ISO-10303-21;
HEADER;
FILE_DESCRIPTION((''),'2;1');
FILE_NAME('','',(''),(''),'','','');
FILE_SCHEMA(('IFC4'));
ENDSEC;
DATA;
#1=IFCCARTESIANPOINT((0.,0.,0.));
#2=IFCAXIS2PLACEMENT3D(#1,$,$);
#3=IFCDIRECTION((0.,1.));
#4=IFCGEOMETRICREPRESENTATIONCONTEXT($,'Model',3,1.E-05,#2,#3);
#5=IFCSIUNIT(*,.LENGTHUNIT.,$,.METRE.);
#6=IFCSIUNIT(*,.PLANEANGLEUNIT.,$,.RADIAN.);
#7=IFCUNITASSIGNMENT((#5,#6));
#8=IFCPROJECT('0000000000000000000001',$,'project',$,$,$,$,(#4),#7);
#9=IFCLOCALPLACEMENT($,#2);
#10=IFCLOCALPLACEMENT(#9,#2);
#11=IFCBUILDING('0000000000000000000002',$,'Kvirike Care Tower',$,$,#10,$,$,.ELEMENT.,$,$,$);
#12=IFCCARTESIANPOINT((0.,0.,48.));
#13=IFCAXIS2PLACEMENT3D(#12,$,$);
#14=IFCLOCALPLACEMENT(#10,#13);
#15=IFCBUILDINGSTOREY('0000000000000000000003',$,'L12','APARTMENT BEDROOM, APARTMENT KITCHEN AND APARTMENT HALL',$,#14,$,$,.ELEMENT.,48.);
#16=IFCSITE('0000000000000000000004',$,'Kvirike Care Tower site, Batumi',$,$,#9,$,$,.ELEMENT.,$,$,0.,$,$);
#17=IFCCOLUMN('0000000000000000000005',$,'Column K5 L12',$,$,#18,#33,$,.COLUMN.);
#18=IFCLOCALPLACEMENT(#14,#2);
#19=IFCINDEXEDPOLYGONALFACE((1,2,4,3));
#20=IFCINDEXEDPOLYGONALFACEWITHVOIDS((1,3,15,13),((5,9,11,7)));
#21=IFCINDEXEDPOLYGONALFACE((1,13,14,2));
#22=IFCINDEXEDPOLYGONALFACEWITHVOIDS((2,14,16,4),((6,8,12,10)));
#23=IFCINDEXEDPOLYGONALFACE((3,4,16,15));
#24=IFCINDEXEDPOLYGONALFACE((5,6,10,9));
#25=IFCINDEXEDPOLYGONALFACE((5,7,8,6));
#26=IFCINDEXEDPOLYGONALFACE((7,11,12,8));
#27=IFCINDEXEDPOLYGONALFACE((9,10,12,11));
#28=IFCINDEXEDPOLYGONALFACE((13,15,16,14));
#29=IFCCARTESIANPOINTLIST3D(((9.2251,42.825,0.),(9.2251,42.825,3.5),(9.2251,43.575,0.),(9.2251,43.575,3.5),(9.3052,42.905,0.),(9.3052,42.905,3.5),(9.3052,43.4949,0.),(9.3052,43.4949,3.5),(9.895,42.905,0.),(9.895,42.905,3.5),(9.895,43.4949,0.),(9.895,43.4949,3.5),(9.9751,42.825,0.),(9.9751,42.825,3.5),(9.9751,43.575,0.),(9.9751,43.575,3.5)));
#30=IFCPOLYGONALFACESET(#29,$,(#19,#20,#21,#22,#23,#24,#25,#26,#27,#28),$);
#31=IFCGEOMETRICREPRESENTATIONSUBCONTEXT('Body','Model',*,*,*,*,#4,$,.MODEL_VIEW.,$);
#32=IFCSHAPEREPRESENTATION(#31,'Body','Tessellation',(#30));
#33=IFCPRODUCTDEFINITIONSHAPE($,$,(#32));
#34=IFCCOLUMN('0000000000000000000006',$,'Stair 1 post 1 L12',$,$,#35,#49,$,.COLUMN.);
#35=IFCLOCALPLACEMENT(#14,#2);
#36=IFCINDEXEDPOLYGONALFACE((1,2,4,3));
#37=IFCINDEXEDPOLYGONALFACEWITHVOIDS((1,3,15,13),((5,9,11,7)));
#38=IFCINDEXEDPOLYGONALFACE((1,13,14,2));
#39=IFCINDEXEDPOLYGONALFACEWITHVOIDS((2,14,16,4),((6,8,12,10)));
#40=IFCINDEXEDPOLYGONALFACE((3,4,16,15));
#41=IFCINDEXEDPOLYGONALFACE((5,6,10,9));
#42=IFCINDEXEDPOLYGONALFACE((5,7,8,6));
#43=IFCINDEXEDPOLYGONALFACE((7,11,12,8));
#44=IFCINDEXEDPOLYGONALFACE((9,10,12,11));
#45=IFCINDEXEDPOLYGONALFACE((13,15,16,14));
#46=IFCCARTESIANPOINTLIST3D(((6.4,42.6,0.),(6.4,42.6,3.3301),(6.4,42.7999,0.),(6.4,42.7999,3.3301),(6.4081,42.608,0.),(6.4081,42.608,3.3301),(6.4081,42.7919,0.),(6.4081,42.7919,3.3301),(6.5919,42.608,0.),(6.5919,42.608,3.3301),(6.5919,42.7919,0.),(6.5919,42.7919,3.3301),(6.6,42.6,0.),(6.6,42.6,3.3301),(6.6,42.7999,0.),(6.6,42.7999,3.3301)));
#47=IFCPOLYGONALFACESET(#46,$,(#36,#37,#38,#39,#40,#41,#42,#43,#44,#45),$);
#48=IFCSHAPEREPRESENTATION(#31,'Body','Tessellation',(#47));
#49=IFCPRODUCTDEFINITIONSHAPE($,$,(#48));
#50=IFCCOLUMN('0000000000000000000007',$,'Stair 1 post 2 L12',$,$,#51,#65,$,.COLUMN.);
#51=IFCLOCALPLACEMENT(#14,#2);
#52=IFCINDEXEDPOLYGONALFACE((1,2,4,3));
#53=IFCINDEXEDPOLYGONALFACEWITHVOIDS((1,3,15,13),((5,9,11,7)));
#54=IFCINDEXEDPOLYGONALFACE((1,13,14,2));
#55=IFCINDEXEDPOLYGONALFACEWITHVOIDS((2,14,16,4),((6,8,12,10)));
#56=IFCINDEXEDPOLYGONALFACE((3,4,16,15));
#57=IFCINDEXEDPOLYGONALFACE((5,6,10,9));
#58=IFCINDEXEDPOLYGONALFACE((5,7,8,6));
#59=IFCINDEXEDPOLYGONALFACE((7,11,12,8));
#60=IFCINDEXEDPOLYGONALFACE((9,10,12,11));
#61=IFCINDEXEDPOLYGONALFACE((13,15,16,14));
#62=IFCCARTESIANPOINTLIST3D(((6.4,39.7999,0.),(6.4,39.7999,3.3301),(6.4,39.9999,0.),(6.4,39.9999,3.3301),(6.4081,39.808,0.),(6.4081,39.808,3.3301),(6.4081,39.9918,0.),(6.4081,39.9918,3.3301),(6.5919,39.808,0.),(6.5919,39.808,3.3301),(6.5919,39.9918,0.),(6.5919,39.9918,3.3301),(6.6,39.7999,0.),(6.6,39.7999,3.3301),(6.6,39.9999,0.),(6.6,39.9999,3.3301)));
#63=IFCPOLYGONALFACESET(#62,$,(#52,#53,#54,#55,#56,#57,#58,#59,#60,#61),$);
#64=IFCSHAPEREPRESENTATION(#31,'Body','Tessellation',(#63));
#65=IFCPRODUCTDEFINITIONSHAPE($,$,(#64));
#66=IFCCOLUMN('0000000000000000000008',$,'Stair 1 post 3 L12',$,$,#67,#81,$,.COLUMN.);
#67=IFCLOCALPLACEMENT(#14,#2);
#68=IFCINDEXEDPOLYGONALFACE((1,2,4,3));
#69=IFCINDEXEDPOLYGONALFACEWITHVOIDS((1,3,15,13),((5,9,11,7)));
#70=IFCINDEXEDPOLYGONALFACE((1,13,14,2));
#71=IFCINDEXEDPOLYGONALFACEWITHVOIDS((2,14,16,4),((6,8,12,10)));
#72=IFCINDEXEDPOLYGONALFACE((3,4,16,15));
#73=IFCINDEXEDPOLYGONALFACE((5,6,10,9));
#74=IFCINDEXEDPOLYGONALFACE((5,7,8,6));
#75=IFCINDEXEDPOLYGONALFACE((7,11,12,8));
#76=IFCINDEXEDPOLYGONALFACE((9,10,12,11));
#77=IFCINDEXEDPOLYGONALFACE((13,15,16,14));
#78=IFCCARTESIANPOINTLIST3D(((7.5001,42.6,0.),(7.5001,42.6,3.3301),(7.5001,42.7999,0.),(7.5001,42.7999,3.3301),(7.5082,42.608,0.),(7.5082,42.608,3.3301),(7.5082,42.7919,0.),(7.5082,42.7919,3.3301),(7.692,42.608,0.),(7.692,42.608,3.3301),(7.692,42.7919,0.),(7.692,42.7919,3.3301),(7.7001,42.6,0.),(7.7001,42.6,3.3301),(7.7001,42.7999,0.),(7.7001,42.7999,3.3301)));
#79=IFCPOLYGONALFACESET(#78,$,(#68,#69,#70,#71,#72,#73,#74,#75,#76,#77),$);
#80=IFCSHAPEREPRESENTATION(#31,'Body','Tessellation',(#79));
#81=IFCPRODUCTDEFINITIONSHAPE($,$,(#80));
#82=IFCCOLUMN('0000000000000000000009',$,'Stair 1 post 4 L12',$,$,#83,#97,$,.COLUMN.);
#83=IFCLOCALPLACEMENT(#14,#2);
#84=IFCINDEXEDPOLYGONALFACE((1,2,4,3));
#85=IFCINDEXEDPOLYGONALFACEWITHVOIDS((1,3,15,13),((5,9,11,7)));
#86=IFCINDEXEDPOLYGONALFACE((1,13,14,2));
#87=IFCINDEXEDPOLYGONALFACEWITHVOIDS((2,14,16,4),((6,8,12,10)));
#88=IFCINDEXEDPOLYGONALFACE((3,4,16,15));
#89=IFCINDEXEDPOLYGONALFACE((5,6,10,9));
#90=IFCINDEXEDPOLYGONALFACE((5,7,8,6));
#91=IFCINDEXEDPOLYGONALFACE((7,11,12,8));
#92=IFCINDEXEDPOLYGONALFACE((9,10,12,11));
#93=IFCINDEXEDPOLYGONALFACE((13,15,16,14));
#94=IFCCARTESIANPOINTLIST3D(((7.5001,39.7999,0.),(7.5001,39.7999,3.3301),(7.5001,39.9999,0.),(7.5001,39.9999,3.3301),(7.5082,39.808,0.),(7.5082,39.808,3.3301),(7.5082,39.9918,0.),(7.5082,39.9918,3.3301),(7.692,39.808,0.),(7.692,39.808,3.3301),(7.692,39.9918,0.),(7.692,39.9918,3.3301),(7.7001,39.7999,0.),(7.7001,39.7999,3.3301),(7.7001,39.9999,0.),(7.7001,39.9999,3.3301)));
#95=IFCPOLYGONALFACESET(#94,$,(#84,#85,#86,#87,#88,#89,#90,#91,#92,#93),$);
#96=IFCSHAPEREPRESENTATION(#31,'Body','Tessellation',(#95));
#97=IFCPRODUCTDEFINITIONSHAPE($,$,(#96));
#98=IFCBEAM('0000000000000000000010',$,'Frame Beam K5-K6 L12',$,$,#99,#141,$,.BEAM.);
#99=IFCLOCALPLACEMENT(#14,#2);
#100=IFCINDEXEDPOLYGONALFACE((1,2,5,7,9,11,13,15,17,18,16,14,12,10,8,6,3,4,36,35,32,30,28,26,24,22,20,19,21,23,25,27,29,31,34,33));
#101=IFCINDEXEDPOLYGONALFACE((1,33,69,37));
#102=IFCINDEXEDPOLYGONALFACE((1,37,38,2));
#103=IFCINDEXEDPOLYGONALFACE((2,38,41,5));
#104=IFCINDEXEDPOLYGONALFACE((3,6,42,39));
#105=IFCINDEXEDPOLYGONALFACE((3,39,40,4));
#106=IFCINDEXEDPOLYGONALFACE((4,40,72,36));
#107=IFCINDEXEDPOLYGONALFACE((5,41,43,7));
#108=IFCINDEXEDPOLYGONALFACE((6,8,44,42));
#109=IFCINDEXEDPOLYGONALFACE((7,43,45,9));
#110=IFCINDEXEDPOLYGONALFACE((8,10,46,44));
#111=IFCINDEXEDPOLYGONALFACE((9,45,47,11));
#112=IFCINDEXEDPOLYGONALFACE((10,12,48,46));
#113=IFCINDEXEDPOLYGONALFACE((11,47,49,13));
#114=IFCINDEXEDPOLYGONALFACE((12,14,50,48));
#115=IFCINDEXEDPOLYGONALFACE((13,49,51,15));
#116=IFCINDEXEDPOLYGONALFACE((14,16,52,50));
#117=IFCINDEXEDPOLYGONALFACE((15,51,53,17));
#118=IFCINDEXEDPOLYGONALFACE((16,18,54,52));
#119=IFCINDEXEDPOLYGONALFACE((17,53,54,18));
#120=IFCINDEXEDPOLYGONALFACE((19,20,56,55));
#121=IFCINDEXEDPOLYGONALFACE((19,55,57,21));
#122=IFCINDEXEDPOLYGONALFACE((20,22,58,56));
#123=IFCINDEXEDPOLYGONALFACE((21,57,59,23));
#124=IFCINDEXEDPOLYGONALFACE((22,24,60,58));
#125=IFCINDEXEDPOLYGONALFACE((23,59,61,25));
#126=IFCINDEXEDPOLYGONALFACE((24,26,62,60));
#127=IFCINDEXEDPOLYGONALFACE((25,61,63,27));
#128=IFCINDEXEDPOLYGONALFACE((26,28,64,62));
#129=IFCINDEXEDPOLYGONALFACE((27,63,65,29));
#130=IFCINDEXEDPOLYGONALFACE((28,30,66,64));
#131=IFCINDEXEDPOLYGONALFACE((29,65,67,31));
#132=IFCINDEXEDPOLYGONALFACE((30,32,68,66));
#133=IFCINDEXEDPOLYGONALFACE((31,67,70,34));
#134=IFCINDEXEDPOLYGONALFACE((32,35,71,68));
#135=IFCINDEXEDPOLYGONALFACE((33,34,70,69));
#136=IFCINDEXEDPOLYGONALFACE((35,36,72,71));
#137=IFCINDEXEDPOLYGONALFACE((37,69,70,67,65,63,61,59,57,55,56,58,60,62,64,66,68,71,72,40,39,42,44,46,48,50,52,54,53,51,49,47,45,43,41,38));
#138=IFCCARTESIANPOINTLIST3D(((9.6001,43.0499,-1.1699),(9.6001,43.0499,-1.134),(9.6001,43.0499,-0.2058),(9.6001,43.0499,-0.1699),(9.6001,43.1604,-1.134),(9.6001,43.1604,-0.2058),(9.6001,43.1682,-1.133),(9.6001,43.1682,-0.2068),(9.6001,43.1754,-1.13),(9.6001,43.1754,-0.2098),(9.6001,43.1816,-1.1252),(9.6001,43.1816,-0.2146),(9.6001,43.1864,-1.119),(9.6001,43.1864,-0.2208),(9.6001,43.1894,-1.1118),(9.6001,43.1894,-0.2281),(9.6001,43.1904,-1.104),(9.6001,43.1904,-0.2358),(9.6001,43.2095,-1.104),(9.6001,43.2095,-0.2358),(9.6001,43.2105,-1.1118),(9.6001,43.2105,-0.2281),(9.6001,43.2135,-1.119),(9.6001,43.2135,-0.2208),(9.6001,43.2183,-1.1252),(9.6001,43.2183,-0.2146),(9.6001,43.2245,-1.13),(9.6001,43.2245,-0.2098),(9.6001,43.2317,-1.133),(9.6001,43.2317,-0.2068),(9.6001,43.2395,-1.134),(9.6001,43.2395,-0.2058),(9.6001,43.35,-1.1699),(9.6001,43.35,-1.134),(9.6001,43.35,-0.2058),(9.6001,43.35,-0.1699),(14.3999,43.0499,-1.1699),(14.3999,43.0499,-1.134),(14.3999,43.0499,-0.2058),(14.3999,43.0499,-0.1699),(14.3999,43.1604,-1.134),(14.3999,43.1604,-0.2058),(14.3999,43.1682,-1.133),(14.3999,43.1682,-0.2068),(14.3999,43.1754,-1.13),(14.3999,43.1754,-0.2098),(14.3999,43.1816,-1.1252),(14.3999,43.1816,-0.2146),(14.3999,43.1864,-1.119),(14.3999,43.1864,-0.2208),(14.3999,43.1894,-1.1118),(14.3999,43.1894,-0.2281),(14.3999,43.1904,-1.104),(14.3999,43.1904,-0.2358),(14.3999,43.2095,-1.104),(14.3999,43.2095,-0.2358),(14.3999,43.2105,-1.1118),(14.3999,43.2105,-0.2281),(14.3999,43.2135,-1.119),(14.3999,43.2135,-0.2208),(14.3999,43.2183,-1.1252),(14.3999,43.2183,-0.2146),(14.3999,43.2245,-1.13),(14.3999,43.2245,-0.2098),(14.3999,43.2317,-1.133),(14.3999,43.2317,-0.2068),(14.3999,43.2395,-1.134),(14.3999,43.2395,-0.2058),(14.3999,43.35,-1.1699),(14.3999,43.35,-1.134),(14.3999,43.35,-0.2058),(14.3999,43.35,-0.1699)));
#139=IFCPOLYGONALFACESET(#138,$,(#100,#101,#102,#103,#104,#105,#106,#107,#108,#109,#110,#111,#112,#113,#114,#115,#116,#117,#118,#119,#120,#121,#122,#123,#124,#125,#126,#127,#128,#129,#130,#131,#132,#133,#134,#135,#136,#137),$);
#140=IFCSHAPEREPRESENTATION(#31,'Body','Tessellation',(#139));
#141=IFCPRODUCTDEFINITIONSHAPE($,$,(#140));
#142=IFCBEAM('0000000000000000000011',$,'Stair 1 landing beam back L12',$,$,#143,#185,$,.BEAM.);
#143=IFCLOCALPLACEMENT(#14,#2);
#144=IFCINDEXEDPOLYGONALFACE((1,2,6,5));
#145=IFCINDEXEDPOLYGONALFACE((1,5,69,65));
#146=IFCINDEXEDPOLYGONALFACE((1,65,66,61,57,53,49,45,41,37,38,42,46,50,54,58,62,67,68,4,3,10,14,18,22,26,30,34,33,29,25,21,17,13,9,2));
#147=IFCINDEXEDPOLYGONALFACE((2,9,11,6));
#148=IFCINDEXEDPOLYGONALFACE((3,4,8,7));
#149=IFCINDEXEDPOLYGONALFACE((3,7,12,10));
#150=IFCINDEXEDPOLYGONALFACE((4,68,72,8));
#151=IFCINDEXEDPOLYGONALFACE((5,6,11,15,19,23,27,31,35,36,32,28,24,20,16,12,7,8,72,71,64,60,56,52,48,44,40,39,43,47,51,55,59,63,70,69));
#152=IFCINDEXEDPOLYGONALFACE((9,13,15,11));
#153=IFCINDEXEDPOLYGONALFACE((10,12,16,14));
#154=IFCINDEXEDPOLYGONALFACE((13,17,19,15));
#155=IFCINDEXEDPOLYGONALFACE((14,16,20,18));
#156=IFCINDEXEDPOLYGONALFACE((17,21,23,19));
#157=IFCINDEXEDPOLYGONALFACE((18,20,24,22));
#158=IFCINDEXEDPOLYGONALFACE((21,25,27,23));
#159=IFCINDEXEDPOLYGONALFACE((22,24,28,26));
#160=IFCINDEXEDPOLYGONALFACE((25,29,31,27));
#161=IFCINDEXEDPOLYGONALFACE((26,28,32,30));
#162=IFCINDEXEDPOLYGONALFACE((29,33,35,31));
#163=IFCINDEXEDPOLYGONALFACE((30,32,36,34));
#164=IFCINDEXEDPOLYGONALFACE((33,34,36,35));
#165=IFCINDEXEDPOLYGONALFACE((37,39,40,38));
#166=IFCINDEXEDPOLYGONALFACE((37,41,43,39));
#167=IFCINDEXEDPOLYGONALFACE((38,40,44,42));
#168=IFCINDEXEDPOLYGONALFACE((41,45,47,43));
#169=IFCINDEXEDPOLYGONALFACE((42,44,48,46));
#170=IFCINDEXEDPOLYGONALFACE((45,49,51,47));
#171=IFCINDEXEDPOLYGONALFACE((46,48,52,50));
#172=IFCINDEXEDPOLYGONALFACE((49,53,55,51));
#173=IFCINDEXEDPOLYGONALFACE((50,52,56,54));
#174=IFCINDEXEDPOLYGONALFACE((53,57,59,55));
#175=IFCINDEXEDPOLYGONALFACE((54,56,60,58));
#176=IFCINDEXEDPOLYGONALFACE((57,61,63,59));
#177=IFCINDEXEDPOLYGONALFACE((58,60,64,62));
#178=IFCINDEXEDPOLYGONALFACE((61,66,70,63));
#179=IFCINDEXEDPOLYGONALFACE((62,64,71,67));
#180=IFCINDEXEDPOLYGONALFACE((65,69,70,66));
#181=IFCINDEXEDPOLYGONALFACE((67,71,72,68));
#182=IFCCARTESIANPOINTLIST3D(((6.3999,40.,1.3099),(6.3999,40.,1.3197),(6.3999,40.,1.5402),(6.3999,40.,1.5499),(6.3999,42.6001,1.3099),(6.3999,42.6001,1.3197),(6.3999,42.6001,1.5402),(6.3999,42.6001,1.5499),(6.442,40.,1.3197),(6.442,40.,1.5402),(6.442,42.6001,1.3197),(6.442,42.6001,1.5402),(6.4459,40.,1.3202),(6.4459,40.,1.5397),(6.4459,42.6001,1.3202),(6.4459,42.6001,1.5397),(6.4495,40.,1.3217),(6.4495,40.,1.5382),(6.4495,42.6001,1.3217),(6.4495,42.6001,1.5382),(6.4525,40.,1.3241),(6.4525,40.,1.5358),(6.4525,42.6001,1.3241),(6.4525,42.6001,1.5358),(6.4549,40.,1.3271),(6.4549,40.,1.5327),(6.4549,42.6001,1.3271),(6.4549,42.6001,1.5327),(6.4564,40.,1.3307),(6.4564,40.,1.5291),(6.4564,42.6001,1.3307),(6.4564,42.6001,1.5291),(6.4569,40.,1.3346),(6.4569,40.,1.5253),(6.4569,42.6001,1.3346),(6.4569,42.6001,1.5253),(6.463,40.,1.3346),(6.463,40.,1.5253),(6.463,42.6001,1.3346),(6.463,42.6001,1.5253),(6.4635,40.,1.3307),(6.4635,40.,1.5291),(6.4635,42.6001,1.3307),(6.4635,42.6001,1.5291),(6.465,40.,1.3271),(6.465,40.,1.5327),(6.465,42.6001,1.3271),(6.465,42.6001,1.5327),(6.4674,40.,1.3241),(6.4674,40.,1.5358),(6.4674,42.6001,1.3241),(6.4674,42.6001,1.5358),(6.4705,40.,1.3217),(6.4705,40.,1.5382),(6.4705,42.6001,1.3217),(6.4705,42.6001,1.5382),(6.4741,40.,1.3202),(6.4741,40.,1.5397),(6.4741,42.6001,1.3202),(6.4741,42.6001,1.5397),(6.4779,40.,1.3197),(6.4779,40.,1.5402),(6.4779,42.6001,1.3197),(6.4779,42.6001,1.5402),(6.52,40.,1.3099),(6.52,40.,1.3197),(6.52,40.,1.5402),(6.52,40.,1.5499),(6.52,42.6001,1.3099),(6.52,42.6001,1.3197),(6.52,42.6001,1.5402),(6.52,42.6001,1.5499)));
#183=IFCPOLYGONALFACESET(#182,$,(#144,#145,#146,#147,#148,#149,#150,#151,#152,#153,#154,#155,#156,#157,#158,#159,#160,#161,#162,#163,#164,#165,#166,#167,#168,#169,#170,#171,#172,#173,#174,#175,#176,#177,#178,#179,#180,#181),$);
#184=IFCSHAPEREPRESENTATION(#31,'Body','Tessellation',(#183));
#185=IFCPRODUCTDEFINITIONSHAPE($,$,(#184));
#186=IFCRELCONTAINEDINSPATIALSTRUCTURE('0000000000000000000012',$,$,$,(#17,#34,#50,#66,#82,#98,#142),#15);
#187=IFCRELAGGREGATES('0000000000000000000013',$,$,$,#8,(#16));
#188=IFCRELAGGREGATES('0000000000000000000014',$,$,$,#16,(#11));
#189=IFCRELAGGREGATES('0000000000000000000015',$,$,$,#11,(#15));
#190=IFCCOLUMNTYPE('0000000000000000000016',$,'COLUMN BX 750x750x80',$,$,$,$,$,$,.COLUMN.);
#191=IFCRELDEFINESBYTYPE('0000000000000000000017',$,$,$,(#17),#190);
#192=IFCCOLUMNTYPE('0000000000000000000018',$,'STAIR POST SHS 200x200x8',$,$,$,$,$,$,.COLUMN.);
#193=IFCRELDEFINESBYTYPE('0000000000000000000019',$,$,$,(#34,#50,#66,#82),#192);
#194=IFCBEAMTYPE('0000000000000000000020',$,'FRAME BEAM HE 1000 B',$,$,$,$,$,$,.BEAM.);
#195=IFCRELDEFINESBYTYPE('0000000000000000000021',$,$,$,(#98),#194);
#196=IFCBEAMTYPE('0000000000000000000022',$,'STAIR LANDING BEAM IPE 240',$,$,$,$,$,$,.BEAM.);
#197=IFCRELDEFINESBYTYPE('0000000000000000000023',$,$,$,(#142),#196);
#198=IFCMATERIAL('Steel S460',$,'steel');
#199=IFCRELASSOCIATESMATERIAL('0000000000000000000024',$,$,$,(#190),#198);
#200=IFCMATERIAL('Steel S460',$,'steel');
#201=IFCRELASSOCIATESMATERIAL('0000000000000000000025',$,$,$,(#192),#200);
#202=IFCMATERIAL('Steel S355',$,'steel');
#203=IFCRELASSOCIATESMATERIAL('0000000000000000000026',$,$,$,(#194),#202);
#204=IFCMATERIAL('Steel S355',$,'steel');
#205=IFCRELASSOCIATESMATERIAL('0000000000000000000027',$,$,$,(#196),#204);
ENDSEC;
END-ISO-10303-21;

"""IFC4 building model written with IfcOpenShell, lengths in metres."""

from ifc_helpers import new_model, si_unit, direction, frame, origin, origin_2d, place, context, subcontext, project, spatial, hollow_rectangle, i_section, extrude, material, material_profile, profile_set, type_object, element, save


model = new_model("IFC4")

# Units and contexts
model_context = context("Model", 3, precision=1e-05, world=origin(), true_north=direction((0.0, 1.0)))
body_context = subcontext(model_context, "Body", "Model", "MODEL_VIEW")
ifc_project = project(units=[si_unit("LENGTHUNIT", "METRE"), si_unit("PLANEANGLEUNIT", "RADIAN")], contexts=[model_context])

# Site, building, storey
site_placement = place(None, origin())
site = spatial("IfcSite", under=ifc_project, at=site_placement, Name="Kvirike Care Tower site, Batumi", CompositionType="ELEMENT", RefElevation=0.0)
building_placement = place(site_placement, origin())
building = spatial("IfcBuilding", under=site, at=building_placement, Name="Kvirike Care Tower", CompositionType="ELEMENT")
storey_placement = place(building_placement, frame((0.0, 0.0, 48.0)))
storey = spatial("IfcBuildingStorey", under=building, at=storey_placement, Name="L12", Description="APARTMENT BEDROOM, APARTMENT KITCHEN AND APARTMENT HALL", CompositionType="ELEMENT", Elevation=48.0)

# Columns
ifc_material_1 = material(Name="Steel S460", Category="steel")
ifc_material_profile_1 = material_profile(ifc_material_1, hollow_rectangle(XDim=0.75, YDim=0.75, WallThickness=0.0801, at=origin_2d()), Name="BX 750x750x80")
ifc_profile_set_1 = profile_set([ifc_material_profile_1], Name="Steel S460")
column_type_1 = type_object("IfcColumnType", Name="COLUMN BX 750x750x80", PredefinedType="COLUMN", material=ifc_profile_set_1)
column_placement = place(storey_placement, frame((9.6001, 43.2, 0.0), z_axis=(0.0, 0.0, 1.0), x_axis=(0.0, 1.0, 0.0)))
element("IfcColumn", 1, at=column_placement, inside=storey, type_object=column_type_1, Name="Column K5 L12", PredefinedType="COLUMN", context=body_context, shape_type="SweptSolid", body=[
    extrude(hollow_rectangle(XDim=0.75, YDim=0.75, WallThickness=0.0801, at=origin_2d()), origin(), (0.0, 0.0, 1.0), 3.5),
])
ifc_material_2 = material(Name="Steel S460", Category="steel")
ifc_material_profile_2 = material_profile(ifc_material_2, hollow_rectangle(XDim=0.2, YDim=0.2, WallThickness=0.0081, at=origin_2d()), Name="SHS 200x200x8")
ifc_profile_set_2 = profile_set([ifc_material_profile_2], Name="Steel S460")
column_type_2 = type_object("IfcColumnType", Name="STAIR POST SHS 200x200x8", PredefinedType="COLUMN", material=ifc_profile_set_2)
for number, where, z_axis, x_axis, name in (
    (2, (6.5, 42.7, 0.0), (0.0, 0.0, 1.0), (1.0, 0.0, 0.0), "Stair 1 post 1 L12"),
    (3, (6.5, 39.8999, 0.0), (0.0, 0.0, 1.0), (1.0, 0.0, 0.0), "Stair 1 post 2 L12"),
    (4, (7.6001, 42.7, 0.0), (0.0, 0.0, 1.0), (1.0, 0.0, 0.0), "Stair 1 post 3 L12"),
    (5, (7.6001, 39.8999, 0.0), (0.0, 0.0, 1.0), (1.0, 0.0, 0.0), "Stair 1 post 4 L12"),
):
    element("IfcColumn", number, at=place(storey_placement, frame(where, z_axis=z_axis, x_axis=x_axis)), inside=storey, type_object=column_type_2, Name=name, PredefinedType="COLUMN", context=body_context, shape_type="SweptSolid", body=[
        extrude(hollow_rectangle(XDim=0.2, YDim=0.2, WallThickness=0.0081, at=origin_2d()), origin(), (0.0, 0.0, 1.0), 3.3301),
    ])

# Beams
ifc_material_3 = material(Name="Steel S355", Category="steel")
ifc_material_profile_3 = material_profile(ifc_material_3, i_section(OverallWidth=0.3, OverallDepth=1.0, WebThickness=0.019, FlangeThickness=0.0359, FilletRadius=0.03, at=origin_2d()), Name="HE 1000 B")
ifc_profile_set_3 = profile_set([ifc_material_profile_3], Name="Steel S355")
beam_type_1 = type_object("IfcBeamType", Name="FRAME BEAM HE 1000 B", PredefinedType="BEAM", material=ifc_profile_set_3)
beam_placement = place(storey_placement, frame((9.6001, 43.2, -0.6699), z_axis=(1.0, 0.0, 0.0), x_axis=(0.0, 1.0, 0.0)))
element("IfcBeam", 6, at=beam_placement, inside=storey, type_object=beam_type_1, Name="Frame Beam K5-K6 L12", PredefinedType="BEAM", context=body_context, shape_type="SweptSolid", body=[
    extrude(i_section(OverallWidth=0.3, OverallDepth=1.0, WebThickness=0.019, FlangeThickness=0.0359, FilletRadius=0.03, at=origin_2d()), origin(), (0.0, 0.0, 1.0), 4.7998),
])
ifc_material_4 = material(Name="Steel S355", Category="steel")
ifc_material_profile_4 = material_profile(ifc_material_4, i_section(OverallWidth=0.1201, OverallDepth=0.24, WebThickness=0.0061, FlangeThickness=0.0098, FilletRadius=0.0149, at=origin_2d()), Name="IPE 240")
ifc_profile_set_4 = profile_set([ifc_material_profile_4], Name="Steel S355")
beam_type_2 = type_object("IfcBeamType", Name="STAIR LANDING BEAM IPE 240", PredefinedType="BEAM", material=ifc_profile_set_4)
for number, where, z_axis, x_axis, name in (
    (7, (6.46, 42.6001, 1.4299), (0.0, -1.0, 0.0), (1.0, 0.0, 0.0), "Stair 1 landing beam back L12"),
):
    element("IfcBeam", number, at=place(storey_placement, frame(where, z_axis=z_axis, x_axis=x_axis)), inside=storey, type_object=beam_type_2, Name=name, PredefinedType="BEAM", context=body_context, shape_type="SweptSolid", body=[
        extrude(i_section(OverallWidth=0.1201, OverallDepth=0.24, WebThickness=0.0061, FlangeThickness=0.0098, FilletRadius=0.0149, at=origin_2d()), origin(), (0.0, 0.0, 1.0), 2.6001),
    ])

save(model, "model.ifc")
